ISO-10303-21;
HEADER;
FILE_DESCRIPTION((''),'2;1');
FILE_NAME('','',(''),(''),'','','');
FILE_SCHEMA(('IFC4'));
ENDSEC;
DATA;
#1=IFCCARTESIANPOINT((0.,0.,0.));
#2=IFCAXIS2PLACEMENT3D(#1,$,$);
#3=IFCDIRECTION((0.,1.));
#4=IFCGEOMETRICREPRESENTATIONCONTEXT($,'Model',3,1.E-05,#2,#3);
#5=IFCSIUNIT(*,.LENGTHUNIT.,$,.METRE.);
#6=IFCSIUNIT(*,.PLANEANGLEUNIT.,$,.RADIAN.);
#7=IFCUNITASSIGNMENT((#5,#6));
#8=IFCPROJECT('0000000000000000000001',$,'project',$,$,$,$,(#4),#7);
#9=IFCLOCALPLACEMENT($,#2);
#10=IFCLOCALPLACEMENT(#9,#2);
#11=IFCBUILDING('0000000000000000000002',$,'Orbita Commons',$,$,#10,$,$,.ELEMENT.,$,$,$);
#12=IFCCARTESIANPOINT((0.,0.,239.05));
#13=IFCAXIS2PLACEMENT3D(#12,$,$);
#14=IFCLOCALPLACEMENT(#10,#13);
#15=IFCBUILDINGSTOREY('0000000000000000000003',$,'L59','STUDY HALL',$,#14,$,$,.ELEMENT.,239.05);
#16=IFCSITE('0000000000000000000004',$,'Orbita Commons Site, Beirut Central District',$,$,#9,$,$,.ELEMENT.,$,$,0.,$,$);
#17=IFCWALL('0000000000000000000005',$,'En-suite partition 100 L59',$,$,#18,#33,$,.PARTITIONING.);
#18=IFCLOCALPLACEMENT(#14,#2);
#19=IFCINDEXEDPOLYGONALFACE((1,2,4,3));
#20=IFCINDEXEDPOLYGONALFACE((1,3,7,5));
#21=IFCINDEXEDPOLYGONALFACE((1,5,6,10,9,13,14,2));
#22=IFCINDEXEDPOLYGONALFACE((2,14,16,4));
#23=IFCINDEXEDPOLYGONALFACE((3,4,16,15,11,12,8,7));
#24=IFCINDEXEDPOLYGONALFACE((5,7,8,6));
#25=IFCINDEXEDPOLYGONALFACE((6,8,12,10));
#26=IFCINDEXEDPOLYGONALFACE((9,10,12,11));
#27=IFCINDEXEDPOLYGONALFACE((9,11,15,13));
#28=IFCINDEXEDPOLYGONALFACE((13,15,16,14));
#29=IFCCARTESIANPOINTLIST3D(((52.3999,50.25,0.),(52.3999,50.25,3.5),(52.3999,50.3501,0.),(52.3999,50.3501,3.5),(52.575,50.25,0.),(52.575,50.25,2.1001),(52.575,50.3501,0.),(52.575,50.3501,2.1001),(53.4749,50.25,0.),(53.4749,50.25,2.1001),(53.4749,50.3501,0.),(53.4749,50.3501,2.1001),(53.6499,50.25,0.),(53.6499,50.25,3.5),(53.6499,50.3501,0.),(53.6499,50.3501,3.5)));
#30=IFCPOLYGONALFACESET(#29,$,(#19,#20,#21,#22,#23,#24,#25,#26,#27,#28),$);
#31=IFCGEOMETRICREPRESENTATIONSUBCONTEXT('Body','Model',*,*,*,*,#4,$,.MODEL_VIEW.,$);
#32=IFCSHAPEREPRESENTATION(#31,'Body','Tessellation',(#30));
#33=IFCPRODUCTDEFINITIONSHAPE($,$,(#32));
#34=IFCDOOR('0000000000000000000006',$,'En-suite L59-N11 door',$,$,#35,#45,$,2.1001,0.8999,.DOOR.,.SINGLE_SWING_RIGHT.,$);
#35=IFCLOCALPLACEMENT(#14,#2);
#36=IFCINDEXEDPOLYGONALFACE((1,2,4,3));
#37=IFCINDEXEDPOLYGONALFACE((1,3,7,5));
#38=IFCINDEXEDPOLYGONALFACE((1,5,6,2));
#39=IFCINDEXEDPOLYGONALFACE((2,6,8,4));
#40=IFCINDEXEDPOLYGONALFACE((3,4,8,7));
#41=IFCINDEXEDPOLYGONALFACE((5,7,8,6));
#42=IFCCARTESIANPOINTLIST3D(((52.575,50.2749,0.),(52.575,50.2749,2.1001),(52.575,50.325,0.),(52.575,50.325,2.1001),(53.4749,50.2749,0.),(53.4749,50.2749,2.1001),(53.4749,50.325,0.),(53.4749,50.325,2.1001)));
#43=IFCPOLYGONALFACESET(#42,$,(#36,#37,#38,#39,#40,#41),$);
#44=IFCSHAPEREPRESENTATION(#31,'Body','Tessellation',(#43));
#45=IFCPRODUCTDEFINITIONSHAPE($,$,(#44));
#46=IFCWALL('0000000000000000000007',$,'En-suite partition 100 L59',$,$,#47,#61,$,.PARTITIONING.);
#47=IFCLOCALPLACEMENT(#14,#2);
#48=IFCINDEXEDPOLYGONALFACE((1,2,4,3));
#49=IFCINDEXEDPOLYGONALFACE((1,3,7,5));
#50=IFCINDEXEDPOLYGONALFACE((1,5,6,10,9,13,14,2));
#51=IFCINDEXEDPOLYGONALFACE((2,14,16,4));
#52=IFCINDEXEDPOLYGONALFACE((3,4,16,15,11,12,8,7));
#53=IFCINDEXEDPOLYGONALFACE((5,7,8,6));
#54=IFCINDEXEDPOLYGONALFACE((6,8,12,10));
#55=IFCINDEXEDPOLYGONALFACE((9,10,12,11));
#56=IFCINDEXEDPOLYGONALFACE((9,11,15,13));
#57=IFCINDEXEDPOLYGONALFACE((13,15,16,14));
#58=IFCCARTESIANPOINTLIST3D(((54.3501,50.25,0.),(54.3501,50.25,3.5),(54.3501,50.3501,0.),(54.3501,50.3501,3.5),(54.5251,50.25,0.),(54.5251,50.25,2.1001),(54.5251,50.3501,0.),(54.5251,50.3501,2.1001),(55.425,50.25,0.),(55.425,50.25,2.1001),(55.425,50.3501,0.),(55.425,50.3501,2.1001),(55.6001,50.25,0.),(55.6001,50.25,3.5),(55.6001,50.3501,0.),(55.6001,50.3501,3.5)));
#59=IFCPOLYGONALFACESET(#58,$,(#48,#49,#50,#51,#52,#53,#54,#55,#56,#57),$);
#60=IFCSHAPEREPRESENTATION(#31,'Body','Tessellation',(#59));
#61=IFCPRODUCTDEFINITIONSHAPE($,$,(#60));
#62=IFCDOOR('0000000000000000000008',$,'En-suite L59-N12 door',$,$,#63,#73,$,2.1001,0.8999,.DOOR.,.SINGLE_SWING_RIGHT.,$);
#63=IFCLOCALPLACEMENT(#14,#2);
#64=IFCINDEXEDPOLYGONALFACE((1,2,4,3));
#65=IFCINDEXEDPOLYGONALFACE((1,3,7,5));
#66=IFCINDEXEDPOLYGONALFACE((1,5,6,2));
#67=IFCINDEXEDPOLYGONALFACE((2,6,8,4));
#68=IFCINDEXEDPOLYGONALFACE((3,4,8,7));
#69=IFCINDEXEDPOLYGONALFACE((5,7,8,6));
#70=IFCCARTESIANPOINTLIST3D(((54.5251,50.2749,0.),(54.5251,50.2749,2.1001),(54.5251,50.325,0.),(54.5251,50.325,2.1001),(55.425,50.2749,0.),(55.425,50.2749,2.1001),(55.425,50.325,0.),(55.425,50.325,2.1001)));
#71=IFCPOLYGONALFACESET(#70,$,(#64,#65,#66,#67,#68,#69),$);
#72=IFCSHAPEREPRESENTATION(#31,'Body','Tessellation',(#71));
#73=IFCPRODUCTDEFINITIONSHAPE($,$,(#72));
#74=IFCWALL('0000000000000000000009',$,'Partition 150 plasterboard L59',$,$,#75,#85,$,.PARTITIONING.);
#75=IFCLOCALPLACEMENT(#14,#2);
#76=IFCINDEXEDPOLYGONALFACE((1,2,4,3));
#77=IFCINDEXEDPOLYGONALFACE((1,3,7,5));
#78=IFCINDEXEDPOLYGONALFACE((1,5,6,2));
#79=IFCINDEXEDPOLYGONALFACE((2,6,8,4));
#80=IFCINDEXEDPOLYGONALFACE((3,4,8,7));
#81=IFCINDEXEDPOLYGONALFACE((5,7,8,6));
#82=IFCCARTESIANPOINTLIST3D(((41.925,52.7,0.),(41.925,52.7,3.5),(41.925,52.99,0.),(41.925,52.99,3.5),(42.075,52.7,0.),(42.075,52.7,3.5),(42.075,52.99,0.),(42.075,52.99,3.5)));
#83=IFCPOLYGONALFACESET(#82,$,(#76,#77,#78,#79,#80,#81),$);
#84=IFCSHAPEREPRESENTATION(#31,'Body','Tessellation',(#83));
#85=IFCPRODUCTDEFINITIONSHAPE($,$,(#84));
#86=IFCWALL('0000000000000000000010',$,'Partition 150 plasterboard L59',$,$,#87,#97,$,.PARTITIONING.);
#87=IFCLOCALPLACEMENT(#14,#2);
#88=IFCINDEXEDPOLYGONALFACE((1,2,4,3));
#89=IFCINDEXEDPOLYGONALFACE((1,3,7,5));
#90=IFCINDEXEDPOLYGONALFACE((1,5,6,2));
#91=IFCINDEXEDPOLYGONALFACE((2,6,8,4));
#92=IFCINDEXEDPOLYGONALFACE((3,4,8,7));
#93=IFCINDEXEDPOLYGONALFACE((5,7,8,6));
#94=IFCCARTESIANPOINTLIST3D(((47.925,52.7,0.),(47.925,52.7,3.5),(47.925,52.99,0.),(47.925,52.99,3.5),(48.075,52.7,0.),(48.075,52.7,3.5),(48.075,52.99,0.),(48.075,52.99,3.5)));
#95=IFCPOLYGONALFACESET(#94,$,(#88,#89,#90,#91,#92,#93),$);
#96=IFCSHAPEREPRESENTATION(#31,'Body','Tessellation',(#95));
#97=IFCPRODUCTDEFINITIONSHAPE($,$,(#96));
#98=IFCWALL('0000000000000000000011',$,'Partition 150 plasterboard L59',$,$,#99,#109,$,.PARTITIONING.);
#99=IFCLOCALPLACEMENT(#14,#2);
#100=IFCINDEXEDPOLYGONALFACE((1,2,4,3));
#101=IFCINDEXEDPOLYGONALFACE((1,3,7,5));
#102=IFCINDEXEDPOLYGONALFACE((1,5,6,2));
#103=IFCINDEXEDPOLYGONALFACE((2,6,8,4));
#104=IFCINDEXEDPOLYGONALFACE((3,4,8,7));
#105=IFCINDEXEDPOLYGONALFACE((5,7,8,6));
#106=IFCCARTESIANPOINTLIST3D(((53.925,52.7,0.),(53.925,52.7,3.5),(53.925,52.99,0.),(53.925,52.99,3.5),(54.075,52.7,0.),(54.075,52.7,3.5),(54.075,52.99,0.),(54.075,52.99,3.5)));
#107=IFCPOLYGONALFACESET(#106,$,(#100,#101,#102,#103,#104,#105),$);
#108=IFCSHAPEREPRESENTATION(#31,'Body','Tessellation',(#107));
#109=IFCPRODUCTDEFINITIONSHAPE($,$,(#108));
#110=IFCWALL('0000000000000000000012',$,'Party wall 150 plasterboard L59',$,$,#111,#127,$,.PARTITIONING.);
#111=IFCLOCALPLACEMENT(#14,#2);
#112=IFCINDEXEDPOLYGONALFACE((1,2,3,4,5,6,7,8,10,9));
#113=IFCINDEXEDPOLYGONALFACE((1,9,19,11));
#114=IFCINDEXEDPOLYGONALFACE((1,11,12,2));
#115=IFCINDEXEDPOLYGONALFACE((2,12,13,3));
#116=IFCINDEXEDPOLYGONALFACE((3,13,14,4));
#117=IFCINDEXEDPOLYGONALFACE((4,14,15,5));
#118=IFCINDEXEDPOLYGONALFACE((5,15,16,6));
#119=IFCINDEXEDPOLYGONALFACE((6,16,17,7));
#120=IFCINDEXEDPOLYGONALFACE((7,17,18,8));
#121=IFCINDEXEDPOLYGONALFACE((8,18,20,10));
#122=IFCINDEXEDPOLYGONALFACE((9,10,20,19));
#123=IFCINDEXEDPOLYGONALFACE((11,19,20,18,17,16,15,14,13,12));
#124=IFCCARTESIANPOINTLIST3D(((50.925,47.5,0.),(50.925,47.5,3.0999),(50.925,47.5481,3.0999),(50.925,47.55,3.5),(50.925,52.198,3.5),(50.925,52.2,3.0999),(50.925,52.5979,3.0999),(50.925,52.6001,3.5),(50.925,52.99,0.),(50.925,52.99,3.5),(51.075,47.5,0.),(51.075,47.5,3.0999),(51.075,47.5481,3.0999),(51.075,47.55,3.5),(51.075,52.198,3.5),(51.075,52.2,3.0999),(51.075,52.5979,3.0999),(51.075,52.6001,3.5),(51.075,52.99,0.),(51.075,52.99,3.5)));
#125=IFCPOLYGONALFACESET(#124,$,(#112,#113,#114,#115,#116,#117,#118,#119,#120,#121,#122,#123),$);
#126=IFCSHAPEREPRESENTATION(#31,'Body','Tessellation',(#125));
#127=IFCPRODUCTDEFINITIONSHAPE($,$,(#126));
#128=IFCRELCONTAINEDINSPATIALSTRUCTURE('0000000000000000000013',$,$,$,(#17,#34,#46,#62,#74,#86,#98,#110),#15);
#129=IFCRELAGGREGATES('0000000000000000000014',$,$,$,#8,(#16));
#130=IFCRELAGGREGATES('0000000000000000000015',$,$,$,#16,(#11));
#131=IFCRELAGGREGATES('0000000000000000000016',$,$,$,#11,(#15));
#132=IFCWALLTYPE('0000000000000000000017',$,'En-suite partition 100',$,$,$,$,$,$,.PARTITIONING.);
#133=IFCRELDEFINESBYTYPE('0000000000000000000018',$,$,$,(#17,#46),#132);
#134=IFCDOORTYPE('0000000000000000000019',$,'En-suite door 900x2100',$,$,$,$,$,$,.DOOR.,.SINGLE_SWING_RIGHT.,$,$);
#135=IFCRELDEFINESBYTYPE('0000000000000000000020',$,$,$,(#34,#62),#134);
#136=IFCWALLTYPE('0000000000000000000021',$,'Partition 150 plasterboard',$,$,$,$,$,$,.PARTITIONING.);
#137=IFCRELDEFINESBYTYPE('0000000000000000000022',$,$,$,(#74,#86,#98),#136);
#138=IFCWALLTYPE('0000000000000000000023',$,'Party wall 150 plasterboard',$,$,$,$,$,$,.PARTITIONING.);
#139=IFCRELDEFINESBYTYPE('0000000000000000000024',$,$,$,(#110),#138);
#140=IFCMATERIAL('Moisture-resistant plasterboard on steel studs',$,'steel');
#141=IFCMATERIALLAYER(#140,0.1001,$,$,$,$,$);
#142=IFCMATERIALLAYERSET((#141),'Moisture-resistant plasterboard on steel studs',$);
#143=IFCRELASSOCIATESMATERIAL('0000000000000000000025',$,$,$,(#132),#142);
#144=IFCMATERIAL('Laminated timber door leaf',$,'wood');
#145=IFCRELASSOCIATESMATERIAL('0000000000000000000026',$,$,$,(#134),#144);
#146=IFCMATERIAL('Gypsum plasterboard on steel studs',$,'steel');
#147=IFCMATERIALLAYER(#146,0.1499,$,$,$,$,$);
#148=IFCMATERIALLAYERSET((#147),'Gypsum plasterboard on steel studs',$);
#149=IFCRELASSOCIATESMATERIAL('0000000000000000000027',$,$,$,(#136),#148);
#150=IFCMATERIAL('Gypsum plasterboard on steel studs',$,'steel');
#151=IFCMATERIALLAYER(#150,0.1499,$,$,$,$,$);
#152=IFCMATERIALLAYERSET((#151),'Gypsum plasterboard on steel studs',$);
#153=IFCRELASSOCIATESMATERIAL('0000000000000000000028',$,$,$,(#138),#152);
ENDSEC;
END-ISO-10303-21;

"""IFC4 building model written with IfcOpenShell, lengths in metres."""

from ifc_helpers import new_model, si_unit, direction, frame, frame_2d, origin, place, context, subcontext, project, spatial, polyline, rectangle, outline, extrude, material, layer, layer_set, type_object, element, fill, save


model = new_model("IFC4")

# Units and contexts
model_context = context("Model", 3, precision=1e-05, world=origin(), true_north=direction((0.0, 1.0)))
body_context = subcontext(model_context, "Body", "Model", "MODEL_VIEW")
ifc_project = project(units=[si_unit("LENGTHUNIT", "METRE"), si_unit("PLANEANGLEUNIT", "RADIAN")], contexts=[model_context])

# Site, building, storey
site_placement = place(None, origin())
site = spatial("IfcSite", under=ifc_project, at=site_placement, Name="Orbita Commons Site, Beirut Central District", CompositionType="ELEMENT", RefElevation=0.0)
building_placement = place(site_placement, origin())
building = spatial("IfcBuilding", under=site, at=building_placement, Name="Orbita Commons", CompositionType="ELEMENT")
storey_placement = place(building_placement, frame((0.0, 0.0, 239.05)))
storey = spatial("IfcBuildingStorey", under=building, at=storey_placement, Name="L59", Description="STUDY HALL", CompositionType="ELEMENT", Elevation=239.05)

# Walls, openings, doors
ifc_material_1 = material(Name="Moisture-resistant plasterboard on steel studs", Category="steel")
ifc_layer_1 = layer(ifc_material_1, 0.1001)
ifc_layer_set_1 = layer_set([ifc_layer_1], Name="Moisture-resistant plasterboard on steel studs")
wall_type_1 = type_object("IfcWallType", Name="En-suite partition 100", PredefinedType="PARTITIONING", material=ifc_layer_set_1)
ifc_material_2 = material(Name="Laminated timber door leaf", Category="wood")
door_type = type_object("IfcDoorType", Name="En-suite door 900x2100", OperationType="SINGLE_SWING_RIGHT", PredefinedType="DOOR", material=ifc_material_2)
wall_1_placement = place(storey_placement, frame((52.3999, 50.3, 0.0), z_axis=(0.0, 0.0, 1.0), x_axis=(1.0, 0.0, 0.0)))
wall_1 = element("IfcWall", 1, at=wall_1_placement, inside=storey, type_object=wall_type_1, Name="En-suite partition 100 L59", PredefinedType="PARTITIONING", context=body_context, shape_type="SweptSolid", body=[
    extrude(rectangle(XDim=1.25, YDim=0.1001, at=frame_2d((0.625, 0.0))), origin(), (0.0, 0.0, 1.0), 3.5),
])
opening_1_placement = place(wall_1_placement, frame((0.175, 0.0, 0.0)))
opening_1 = element("IfcOpeningElement", 2, at=opening_1_placement, cuts=wall_1, PredefinedType="OPENING", context=body_context, shape_type="SweptSolid", body=[
    extrude(rectangle(XDim=0.8999, YDim=2.1001, at=frame_2d((0.45, 1.05))), frame((0.0, 0.0601, 0.0), z_axis=(0.0, -1.0, 0.0), x_axis=(1.0, 0.0, 0.0)), (0.0, 0.0, 1.0), 0.1201),
])
door_1_placement = place(opening_1_placement, origin())
door_1 = element("IfcDoor", 3, at=door_1_placement, inside=storey, type_object=door_type, Name="En-suite L59-N11 door", OperationType="SINGLE_SWING_RIGHT", OverallHeight=2.1001, OverallWidth=0.8999, PredefinedType="DOOR", context=body_context, shape_type="SweptSolid", body=[
    extrude(rectangle(XDim=0.8999, YDim=2.1001, at=frame_2d((0.45, 1.05))), frame((0.0, 0.0249, 0.0), z_axis=(0.0, -1.0, 0.0), x_axis=(1.0, 0.0, 0.0)), (0.0, 0.0, 1.0), 0.05),
])
fill(opening_1, door_1)
wall_2_placement = place(storey_placement, frame((54.3501, 50.3, 0.0), z_axis=(0.0, 0.0, 1.0), x_axis=(1.0, 0.0, 0.0)))
wall_2 = element("IfcWall", 4, at=wall_2_placement, inside=storey, type_object=wall_type_1, Name="En-suite partition 100 L59", PredefinedType="PARTITIONING", context=body_context, shape_type="SweptSolid", body=[
    extrude(rectangle(XDim=1.25, YDim=0.1001, at=frame_2d((0.625, 0.0))), origin(), (0.0, 0.0, 1.0), 3.5),
])
opening_2_placement = place(wall_2_placement, frame((0.175, 0.0, 0.0)))
opening_2 = element("IfcOpeningElement", 5, at=opening_2_placement, cuts=wall_2, PredefinedType="OPENING", context=body_context, shape_type="SweptSolid", body=[
    extrude(rectangle(XDim=0.8999, YDim=2.1001, at=frame_2d((0.45, 1.05))), frame((0.0, 0.0601, 0.0), z_axis=(0.0, -1.0, 0.0), x_axis=(1.0, 0.0, 0.0)), (0.0, 0.0, 1.0), 0.1201),
])
door_2_placement = place(opening_2_placement, origin())
door_2 = element("IfcDoor", 6, at=door_2_placement, inside=storey, type_object=door_type, Name="En-suite L59-N12 door", OperationType="SINGLE_SWING_RIGHT", OverallHeight=2.1001, OverallWidth=0.8999, PredefinedType="DOOR", context=body_context, shape_type="SweptSolid", body=[
    extrude(rectangle(XDim=0.8999, YDim=2.1001, at=frame_2d((0.45, 1.05))), frame((0.0, 0.0249, 0.0), z_axis=(0.0, -1.0, 0.0), x_axis=(1.0, 0.0, 0.0)), (0.0, 0.0, 1.0), 0.05),
])
fill(opening_2, door_2)

# Walls
ifc_material_3 = material(Name="Gypsum plasterboard on steel studs", Category="steel")
ifc_layer_2 = layer(ifc_material_3, 0.1499)
ifc_layer_set_2 = layer_set([ifc_layer_2], Name="Gypsum plasterboard on steel studs")
wall_type_2 = type_object("IfcWallType", Name="Partition 150 plasterboard", PredefinedType="PARTITIONING", material=ifc_layer_set_2)
for number, where, z_axis, x_axis, name in (
    (7, (42.0, 52.7, 0.0), (0.0, 0.0, 1.0), (0.0, 1.0, 0.0), "Partition 150 plasterboard L59"),
    (8, (48.0, 52.7, 0.0), (0.0, 0.0, 1.0), (0.0, 1.0, 0.0), "Partition 150 plasterboard L59"),
    (9, (54.0, 52.7, 0.0), (0.0, 0.0, 1.0), (0.0, 1.0, 0.0), "Partition 150 plasterboard L59"),
):
    element("IfcWall", number, at=place(storey_placement, frame(where, z_axis=z_axis, x_axis=x_axis)), inside=storey, type_object=wall_type_2, Name=name, PredefinedType="PARTITIONING", context=body_context, shape_type="SweptSolid", body=[
        extrude(rectangle(XDim=0.29, YDim=0.1499, at=frame_2d((0.145, 0.0))), origin(), (0.0, 0.0, 1.0), 3.5),
    ])
ifc_material_4 = material(Name="Gypsum plasterboard on steel studs", Category="steel")
ifc_layer_3 = layer(ifc_material_4, 0.1499)
ifc_layer_set_3 = layer_set([ifc_layer_3], Name="Gypsum plasterboard on steel studs")
wall_type_3 = type_object("IfcWallType", Name="Party wall 150 plasterboard", PredefinedType="PARTITIONING", material=ifc_layer_set_3)
wall_3_placement = place(storey_placement, frame((51.0, 52.99, 0.0), z_axis=(0.0, 0.0, 1.0), x_axis=(0.0, -1.0, 0.0)))
element("IfcWall", 10, at=wall_3_placement, inside=storey, type_object=wall_type_3, Name="Party wall 150 plasterboard L59", PredefinedType="PARTITIONING", context=body_context, shape_type="SweptSolid", body=[
    extrude(outline(polyline([(0.0, 0.0), (5.49, 0.0), (5.49, 3.0999), (5.4419, 3.0999), (5.4399, 3.5), (0.792, 3.5), (0.79, 3.0999), (0.3921, 3.0999), (0.3899, 3.5), (0.0, 3.5), (0.0, 0.0)])), frame((0.0, 0.075, 0.0), z_axis=(0.0, -1.0, 0.0), x_axis=(1.0, 0.0, 0.0)), (0.0, 0.0, 1.0), 0.1499),
])

save(model, "model.ifc")
